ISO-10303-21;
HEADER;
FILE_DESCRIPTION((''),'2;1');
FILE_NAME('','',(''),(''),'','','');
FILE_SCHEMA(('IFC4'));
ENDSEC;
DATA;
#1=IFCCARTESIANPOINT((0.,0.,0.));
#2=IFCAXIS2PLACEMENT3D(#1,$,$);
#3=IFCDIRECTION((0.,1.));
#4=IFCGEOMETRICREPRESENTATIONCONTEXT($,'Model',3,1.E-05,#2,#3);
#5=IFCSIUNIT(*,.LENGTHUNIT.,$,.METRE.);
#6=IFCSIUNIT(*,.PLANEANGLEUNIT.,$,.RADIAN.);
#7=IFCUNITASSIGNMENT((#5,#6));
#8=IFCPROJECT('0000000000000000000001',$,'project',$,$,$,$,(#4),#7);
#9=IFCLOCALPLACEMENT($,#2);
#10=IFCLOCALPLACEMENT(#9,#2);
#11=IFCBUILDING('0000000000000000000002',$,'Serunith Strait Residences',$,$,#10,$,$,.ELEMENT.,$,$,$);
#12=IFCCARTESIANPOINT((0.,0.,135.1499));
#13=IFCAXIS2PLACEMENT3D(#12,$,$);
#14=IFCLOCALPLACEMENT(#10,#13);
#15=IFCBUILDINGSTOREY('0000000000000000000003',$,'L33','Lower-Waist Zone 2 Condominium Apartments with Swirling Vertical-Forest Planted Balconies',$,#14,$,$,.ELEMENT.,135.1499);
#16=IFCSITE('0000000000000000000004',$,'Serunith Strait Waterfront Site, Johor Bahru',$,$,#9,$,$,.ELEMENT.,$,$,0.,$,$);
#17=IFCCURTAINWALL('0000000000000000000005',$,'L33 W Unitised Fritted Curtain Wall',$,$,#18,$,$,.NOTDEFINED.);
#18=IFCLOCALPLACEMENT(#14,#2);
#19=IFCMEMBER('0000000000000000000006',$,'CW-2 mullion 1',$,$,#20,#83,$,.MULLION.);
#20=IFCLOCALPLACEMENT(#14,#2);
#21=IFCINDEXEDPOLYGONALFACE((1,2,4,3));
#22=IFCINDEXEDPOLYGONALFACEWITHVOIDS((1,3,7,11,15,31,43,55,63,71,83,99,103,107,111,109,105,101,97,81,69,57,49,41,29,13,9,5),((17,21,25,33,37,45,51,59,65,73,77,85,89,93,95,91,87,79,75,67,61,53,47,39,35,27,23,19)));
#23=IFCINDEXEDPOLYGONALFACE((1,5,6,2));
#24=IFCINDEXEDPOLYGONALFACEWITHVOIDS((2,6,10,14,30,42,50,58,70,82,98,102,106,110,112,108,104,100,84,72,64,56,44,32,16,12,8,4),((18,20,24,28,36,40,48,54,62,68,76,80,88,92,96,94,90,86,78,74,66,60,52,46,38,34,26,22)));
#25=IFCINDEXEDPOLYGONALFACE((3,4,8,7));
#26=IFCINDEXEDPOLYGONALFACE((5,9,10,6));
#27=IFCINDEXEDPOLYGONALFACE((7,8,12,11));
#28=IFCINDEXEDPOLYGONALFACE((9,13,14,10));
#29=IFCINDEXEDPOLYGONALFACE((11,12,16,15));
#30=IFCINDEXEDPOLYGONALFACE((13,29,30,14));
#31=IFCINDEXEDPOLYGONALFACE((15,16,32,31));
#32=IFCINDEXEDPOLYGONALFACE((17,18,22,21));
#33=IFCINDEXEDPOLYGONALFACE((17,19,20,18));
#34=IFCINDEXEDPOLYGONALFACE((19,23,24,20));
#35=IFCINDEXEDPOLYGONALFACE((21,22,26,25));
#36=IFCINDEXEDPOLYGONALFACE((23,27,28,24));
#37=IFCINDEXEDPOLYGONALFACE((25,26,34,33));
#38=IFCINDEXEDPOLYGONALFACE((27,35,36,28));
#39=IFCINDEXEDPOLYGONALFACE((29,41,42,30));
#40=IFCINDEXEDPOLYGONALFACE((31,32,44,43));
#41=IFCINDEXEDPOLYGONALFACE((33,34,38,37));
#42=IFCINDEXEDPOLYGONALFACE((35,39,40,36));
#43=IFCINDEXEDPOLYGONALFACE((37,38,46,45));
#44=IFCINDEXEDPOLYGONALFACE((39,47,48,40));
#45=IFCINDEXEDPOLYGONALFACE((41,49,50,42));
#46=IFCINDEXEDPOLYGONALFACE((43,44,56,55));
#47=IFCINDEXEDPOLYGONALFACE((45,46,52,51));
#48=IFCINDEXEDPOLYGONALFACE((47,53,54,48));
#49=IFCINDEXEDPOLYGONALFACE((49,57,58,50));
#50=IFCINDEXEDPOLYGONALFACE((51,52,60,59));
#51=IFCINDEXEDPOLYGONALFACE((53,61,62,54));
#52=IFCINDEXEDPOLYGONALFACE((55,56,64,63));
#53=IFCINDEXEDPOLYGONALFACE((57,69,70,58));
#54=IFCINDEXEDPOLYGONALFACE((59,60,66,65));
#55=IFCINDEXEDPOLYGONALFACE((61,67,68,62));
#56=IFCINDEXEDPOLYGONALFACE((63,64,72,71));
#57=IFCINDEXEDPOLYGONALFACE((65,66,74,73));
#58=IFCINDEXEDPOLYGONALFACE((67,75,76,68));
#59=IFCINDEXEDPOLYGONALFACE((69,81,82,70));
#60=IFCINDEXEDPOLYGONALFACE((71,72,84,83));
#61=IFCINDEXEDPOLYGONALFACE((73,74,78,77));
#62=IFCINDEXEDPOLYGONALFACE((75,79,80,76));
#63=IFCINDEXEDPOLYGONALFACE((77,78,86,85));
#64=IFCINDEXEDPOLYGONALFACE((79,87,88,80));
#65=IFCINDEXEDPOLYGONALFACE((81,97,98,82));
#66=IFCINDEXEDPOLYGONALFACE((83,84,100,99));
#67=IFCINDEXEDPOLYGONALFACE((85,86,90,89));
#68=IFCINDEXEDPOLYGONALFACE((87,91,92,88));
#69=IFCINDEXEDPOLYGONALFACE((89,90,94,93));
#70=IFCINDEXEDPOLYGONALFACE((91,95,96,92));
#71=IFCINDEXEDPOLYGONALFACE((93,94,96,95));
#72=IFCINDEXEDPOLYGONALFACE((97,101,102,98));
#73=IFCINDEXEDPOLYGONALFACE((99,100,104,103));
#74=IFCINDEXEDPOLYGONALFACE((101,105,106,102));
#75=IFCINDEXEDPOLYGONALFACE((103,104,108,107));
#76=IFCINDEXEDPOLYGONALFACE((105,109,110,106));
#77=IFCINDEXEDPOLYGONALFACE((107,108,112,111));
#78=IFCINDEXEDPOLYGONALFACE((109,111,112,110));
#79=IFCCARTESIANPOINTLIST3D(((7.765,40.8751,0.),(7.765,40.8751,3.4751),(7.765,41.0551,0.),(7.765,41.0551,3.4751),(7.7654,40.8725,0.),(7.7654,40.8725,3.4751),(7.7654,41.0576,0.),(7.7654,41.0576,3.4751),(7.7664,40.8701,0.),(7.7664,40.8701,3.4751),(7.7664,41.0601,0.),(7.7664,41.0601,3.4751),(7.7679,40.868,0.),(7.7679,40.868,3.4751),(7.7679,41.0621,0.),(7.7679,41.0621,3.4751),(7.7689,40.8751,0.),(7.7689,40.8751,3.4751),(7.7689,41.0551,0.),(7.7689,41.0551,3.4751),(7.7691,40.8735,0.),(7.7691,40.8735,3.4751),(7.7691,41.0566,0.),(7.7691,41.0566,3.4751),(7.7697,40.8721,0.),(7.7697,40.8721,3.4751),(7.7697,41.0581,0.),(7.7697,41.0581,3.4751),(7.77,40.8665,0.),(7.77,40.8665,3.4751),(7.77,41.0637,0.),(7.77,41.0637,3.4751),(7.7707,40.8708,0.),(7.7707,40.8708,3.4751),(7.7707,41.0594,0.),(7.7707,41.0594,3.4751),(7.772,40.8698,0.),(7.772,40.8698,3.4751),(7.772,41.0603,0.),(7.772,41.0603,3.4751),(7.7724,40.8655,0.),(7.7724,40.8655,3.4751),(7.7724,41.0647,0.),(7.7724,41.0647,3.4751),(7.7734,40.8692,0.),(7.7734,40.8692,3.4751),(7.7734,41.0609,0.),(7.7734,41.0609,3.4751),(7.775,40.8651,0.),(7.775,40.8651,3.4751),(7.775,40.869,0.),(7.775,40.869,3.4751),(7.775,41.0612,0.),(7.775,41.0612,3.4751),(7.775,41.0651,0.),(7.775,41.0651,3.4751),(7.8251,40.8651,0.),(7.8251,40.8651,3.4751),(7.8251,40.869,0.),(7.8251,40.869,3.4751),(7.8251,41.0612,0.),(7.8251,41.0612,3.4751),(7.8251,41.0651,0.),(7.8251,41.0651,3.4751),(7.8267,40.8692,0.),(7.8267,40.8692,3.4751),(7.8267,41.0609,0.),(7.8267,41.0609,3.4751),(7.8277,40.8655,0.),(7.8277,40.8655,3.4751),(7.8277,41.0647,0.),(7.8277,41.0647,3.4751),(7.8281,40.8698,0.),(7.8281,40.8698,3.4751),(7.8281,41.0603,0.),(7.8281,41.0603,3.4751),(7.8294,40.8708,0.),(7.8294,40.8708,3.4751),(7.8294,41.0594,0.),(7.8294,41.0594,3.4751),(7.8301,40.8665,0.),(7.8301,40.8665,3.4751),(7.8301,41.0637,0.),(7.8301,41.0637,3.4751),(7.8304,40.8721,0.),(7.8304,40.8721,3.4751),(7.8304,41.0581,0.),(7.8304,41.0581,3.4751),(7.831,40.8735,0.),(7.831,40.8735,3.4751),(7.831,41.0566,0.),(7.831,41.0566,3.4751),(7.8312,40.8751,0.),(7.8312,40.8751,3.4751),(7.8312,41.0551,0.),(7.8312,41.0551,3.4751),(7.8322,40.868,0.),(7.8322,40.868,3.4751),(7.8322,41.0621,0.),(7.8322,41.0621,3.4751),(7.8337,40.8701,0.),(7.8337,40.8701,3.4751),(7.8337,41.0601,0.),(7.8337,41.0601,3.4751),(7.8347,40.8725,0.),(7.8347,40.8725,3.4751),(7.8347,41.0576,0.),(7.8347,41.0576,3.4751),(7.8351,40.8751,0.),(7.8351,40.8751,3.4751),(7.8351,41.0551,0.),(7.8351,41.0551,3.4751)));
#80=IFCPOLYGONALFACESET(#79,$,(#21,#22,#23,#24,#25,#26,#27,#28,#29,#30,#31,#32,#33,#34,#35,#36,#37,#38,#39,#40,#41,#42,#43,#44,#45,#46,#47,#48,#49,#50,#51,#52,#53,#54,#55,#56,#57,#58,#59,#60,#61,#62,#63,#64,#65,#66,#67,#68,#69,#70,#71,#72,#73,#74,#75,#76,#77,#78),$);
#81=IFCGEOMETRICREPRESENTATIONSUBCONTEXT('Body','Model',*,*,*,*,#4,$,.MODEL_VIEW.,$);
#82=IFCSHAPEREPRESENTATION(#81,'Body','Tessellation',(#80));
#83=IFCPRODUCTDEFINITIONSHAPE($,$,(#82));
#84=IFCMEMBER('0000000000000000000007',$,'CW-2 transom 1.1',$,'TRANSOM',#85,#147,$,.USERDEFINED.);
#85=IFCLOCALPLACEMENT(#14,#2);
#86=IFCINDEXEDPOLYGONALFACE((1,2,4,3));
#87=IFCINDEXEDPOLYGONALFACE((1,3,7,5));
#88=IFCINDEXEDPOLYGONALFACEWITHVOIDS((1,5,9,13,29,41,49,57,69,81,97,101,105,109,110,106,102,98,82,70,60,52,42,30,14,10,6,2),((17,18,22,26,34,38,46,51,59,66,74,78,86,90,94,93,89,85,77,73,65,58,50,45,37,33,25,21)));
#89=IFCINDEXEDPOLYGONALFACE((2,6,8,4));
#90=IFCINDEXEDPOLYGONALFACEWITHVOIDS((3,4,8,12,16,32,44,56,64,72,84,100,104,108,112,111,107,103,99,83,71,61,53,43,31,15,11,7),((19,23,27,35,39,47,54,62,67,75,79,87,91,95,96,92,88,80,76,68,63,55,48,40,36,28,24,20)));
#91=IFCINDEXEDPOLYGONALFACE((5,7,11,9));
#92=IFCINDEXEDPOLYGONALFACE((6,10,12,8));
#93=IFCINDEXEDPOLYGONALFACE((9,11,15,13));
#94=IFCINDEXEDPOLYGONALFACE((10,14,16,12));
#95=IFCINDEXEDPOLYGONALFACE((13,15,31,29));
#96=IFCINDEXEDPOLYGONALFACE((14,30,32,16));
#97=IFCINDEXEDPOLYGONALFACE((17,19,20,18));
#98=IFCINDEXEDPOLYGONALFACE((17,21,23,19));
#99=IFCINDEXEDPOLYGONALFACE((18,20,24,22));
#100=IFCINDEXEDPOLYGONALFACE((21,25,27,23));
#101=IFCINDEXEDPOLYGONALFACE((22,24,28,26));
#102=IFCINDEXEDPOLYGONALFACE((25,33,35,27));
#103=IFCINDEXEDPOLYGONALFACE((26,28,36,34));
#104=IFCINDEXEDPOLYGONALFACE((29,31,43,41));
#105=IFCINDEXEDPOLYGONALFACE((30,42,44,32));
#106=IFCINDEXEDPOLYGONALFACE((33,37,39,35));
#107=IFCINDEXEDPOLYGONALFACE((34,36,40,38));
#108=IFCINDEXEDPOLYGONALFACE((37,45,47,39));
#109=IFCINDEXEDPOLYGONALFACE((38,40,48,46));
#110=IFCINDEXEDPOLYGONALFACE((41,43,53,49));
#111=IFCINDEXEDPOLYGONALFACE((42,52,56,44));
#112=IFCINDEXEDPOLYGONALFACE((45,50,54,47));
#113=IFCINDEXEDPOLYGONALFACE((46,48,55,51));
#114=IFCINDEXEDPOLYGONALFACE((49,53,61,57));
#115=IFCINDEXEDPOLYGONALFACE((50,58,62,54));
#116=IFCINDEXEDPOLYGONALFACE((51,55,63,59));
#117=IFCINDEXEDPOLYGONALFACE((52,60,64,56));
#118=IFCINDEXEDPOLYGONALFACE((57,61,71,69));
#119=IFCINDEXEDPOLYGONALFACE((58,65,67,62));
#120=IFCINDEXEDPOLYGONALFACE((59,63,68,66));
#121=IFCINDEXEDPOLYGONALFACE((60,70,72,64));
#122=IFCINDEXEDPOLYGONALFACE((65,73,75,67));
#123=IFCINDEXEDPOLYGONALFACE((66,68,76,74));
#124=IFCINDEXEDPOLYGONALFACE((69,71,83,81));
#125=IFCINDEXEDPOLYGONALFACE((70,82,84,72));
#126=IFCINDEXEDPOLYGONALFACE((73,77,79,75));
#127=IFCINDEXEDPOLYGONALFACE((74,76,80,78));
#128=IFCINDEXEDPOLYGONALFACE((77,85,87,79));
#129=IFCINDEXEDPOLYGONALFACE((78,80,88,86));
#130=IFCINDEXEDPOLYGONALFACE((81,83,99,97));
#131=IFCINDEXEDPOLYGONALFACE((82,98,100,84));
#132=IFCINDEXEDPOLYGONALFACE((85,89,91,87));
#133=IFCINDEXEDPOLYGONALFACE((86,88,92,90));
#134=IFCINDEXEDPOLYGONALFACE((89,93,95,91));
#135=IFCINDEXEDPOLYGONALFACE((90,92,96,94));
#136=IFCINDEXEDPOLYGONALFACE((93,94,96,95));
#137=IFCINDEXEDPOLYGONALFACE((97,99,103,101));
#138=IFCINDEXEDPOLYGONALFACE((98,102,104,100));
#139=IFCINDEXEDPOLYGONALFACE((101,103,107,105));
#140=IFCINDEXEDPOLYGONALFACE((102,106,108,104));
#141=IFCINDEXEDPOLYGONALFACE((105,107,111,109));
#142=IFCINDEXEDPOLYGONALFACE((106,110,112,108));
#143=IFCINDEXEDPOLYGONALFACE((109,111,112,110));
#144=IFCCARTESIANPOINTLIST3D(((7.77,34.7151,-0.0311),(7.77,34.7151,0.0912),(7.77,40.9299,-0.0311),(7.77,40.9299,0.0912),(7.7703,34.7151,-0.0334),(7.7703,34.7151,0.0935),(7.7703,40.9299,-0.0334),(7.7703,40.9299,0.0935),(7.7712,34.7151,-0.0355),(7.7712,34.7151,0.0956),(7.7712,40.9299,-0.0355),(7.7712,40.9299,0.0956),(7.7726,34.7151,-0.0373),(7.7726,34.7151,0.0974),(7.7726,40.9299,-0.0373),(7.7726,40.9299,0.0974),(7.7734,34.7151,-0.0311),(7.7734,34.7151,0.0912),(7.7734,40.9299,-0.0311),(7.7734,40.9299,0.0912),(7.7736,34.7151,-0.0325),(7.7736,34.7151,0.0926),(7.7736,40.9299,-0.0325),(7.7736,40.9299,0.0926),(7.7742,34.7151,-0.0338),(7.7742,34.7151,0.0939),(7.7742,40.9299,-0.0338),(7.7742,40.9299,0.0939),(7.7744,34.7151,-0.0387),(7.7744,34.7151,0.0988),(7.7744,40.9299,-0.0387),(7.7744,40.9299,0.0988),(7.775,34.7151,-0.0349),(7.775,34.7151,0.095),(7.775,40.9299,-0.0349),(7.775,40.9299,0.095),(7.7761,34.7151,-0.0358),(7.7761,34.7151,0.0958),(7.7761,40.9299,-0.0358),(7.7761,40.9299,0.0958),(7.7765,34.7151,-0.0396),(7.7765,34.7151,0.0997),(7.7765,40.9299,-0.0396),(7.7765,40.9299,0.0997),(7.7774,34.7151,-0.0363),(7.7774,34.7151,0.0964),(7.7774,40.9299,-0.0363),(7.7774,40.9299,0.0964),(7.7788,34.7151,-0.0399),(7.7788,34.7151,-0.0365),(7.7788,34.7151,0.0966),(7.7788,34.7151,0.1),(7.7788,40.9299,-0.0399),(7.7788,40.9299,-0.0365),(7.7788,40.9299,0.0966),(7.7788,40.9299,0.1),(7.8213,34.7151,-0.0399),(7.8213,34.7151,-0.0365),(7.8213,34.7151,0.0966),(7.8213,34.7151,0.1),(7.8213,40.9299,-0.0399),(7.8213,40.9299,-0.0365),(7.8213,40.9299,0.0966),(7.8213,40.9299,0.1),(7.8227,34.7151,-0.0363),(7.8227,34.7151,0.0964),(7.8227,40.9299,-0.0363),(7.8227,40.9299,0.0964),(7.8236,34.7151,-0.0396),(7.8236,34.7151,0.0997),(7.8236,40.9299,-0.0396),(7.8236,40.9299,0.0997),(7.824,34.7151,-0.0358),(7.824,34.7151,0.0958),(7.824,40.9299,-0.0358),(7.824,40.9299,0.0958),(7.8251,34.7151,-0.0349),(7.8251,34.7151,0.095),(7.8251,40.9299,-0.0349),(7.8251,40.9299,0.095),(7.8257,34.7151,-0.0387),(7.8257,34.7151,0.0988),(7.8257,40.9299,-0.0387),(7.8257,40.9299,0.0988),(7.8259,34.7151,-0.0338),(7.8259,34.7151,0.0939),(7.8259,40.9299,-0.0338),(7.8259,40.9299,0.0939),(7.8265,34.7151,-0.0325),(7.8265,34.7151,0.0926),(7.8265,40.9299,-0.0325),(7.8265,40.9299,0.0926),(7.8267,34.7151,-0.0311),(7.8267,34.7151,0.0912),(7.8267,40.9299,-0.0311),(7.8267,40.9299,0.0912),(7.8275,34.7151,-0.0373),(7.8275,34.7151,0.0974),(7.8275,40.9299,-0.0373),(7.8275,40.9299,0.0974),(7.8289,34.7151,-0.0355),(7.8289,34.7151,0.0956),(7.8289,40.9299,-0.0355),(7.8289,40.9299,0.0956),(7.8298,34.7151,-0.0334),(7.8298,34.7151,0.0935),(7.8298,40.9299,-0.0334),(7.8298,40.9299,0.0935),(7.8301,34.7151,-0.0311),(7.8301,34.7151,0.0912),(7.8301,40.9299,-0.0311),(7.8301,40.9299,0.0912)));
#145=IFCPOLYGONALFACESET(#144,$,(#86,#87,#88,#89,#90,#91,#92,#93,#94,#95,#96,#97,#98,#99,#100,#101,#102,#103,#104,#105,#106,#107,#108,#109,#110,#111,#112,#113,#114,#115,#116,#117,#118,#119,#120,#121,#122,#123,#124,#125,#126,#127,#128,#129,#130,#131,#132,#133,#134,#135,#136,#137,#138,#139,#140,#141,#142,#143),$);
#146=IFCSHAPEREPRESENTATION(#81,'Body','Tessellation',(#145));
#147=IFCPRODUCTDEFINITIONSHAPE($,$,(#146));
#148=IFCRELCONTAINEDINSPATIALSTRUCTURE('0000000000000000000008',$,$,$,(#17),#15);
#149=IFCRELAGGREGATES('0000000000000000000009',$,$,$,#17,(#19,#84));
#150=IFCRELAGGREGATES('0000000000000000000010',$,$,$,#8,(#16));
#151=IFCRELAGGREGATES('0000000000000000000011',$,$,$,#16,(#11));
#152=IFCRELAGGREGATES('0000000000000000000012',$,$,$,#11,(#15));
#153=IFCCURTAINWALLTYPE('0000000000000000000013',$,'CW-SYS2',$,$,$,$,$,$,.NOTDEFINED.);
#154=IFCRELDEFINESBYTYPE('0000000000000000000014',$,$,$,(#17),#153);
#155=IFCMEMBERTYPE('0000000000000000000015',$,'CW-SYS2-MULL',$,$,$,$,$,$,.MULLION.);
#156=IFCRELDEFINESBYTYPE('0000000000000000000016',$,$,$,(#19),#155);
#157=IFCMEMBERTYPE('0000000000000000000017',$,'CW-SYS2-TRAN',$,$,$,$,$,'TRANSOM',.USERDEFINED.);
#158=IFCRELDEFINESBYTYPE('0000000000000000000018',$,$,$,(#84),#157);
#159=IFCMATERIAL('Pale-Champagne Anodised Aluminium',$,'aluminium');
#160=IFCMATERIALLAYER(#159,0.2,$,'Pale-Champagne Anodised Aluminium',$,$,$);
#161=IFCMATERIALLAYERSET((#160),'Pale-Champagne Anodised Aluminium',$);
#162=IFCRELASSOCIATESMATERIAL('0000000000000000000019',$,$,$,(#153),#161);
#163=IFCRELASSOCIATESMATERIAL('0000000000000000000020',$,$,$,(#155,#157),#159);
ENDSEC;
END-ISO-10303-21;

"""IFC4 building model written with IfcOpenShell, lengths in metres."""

from ifc_helpers import new_model, si_unit, direction, frame, origin, origin_2d, place, context, subcontext, project, spatial, hollow_rectangle, extrude, source, transform, mapped, material, layer, layer_set, material_profile, profile_set, type_object, element, aggregate, save


model = new_model("IFC4")

# Units and contexts
model_context = context("Model", 3, precision=1e-05, world=origin(), true_north=direction((0.0, 1.0)))
body_context = subcontext(model_context, "Body", "Model", "MODEL_VIEW")
ifc_project = project(units=[si_unit("LENGTHUNIT", "METRE"), si_unit("PLANEANGLEUNIT", "RADIAN")], contexts=[model_context])

# Site, building, storey
site_placement = place(None, origin())
site = spatial("IfcSite", under=ifc_project, at=site_placement, Name="Serunith Strait Waterfront Site, Johor Bahru", CompositionType="ELEMENT", RefElevation=0.0)
building_placement = place(site_placement, origin())
building = spatial("IfcBuilding", under=site, at=building_placement, Name="Serunith Strait Residences", CompositionType="ELEMENT")
storey_placement = place(building_placement, frame((0.0, 0.0, 135.1499)))
storey = spatial("IfcBuildingStorey", under=building, at=storey_placement, Name="L33", Description="Lower-Waist Zone 2 Condominium Apartments with Swirling Vertical-Forest Planted Balconies", CompositionType="ELEMENT", Elevation=135.1499)

# Shared definitions
ifc_material_1 = material(Name="Pale-Champagne Anodised Aluminium", Category="aluminium")
ifc_layer_1 = layer(ifc_material_1, 0.2, Name="Pale-Champagne Anodised Aluminium")
ifc_layer_set_1 = layer_set([ifc_layer_1], Name="Pale-Champagne Anodised Aluminium")
curtain_wall_type = type_object("IfcCurtainWallType", Name="CW-SYS2", PredefinedType="NOTDEFINED", material=ifc_layer_set_1)
ifc_material_profile_1 = material_profile(ifc_material_1, hollow_rectangle(XDim=0.0701, YDim=0.2, WallThickness=0.0039, InnerFilletRadius=0.0061, OuterFilletRadius=0.01, at=origin_2d()), Name="ALU 200x70x4")
ifc_profile_set_1 = profile_set([ifc_material_profile_1], Name="Pale-Champagne Anodised Aluminium")
member_type_1 = type_object("IfcMemberType", Name="CW-SYS2-MULL", PredefinedType="MULLION", material=ifc_profile_set_1)
shared_shape_1 = source(origin(), body_context, "Body", "SweptSolid", [
    extrude(hollow_rectangle(XDim=0.0701, YDim=0.2, WallThickness=0.0039, InnerFilletRadius=0.0061, OuterFilletRadius=0.01, at=origin_2d()), origin(), (0.0, 0.0, 1.0), 3.4751),
])

# Curtain wall, members
curtain_wall_1_placement = place(storey_placement, origin())
curtain_wall_1 = element("IfcCurtainWall", 1, at=curtain_wall_1_placement, inside=storey, type_object=curtain_wall_type, Name="L33 W Unitised Fritted Curtain Wall", PredefinedType="NOTDEFINED")
member_1_placement = place(storey_placement, frame((7.8, 40.9651, 0.0), z_axis=(0.0, 0.0, 1.0), x_axis=(1.0, 0.0, 0.0)))
member_1 = element("IfcMember", 2, at=member_1_placement, type_object=member_type_1, Name="CW-2 mullion 1", PredefinedType="MULLION", context=body_context, shape_type="MappedRepresentation", body=[
    mapped(shared_shape_1, transform((0.0, 0.0, 0.0), scale=1.0)),
])
ifc_material_profile_2 = material_profile(ifc_material_1, hollow_rectangle(XDim=0.0601, YDim=0.1399, WallThickness=0.0034, InnerFilletRadius=0.0054, OuterFilletRadius=0.0088, at=origin_2d()), Name="ALU 140x60x3.5")
ifc_profile_set_2 = profile_set([ifc_material_profile_2], Name="Pale-Champagne Anodised Aluminium")
member_type_2 = type_object("IfcMemberType", Name="CW-SYS2-TRAN", ElementType="TRANSOM", PredefinedType="USERDEFINED", material=ifc_profile_set_2)
shared_shape_2 = source(origin(), body_context, "Body", "SweptSolid", [
    extrude(hollow_rectangle(XDim=0.0601, YDim=0.1399, WallThickness=0.0034, InnerFilletRadius=0.0054, OuterFilletRadius=0.0088, at=origin_2d()), origin(), (0.0, 0.0, 1.0), 6.2148),
])
member_2_placement = place(storey_placement, frame((7.8, 40.9299, 0.03), z_axis=(0.0, -1.0, 0.0), x_axis=(1.0, 0.0, 0.0)))
member_2 = element("IfcMember", 3, at=member_2_placement, type_object=member_type_2, Name="CW-2 transom 1.1", ObjectType="TRANSOM", PredefinedType="USERDEFINED", context=body_context, shape_type="MappedRepresentation", body=[
    mapped(shared_shape_2, transform((0.0, 0.0, 0.0), scale=1.0)),
])
aggregate(curtain_wall_1, [member_1, member_2])

save(model, "model.ifc")
